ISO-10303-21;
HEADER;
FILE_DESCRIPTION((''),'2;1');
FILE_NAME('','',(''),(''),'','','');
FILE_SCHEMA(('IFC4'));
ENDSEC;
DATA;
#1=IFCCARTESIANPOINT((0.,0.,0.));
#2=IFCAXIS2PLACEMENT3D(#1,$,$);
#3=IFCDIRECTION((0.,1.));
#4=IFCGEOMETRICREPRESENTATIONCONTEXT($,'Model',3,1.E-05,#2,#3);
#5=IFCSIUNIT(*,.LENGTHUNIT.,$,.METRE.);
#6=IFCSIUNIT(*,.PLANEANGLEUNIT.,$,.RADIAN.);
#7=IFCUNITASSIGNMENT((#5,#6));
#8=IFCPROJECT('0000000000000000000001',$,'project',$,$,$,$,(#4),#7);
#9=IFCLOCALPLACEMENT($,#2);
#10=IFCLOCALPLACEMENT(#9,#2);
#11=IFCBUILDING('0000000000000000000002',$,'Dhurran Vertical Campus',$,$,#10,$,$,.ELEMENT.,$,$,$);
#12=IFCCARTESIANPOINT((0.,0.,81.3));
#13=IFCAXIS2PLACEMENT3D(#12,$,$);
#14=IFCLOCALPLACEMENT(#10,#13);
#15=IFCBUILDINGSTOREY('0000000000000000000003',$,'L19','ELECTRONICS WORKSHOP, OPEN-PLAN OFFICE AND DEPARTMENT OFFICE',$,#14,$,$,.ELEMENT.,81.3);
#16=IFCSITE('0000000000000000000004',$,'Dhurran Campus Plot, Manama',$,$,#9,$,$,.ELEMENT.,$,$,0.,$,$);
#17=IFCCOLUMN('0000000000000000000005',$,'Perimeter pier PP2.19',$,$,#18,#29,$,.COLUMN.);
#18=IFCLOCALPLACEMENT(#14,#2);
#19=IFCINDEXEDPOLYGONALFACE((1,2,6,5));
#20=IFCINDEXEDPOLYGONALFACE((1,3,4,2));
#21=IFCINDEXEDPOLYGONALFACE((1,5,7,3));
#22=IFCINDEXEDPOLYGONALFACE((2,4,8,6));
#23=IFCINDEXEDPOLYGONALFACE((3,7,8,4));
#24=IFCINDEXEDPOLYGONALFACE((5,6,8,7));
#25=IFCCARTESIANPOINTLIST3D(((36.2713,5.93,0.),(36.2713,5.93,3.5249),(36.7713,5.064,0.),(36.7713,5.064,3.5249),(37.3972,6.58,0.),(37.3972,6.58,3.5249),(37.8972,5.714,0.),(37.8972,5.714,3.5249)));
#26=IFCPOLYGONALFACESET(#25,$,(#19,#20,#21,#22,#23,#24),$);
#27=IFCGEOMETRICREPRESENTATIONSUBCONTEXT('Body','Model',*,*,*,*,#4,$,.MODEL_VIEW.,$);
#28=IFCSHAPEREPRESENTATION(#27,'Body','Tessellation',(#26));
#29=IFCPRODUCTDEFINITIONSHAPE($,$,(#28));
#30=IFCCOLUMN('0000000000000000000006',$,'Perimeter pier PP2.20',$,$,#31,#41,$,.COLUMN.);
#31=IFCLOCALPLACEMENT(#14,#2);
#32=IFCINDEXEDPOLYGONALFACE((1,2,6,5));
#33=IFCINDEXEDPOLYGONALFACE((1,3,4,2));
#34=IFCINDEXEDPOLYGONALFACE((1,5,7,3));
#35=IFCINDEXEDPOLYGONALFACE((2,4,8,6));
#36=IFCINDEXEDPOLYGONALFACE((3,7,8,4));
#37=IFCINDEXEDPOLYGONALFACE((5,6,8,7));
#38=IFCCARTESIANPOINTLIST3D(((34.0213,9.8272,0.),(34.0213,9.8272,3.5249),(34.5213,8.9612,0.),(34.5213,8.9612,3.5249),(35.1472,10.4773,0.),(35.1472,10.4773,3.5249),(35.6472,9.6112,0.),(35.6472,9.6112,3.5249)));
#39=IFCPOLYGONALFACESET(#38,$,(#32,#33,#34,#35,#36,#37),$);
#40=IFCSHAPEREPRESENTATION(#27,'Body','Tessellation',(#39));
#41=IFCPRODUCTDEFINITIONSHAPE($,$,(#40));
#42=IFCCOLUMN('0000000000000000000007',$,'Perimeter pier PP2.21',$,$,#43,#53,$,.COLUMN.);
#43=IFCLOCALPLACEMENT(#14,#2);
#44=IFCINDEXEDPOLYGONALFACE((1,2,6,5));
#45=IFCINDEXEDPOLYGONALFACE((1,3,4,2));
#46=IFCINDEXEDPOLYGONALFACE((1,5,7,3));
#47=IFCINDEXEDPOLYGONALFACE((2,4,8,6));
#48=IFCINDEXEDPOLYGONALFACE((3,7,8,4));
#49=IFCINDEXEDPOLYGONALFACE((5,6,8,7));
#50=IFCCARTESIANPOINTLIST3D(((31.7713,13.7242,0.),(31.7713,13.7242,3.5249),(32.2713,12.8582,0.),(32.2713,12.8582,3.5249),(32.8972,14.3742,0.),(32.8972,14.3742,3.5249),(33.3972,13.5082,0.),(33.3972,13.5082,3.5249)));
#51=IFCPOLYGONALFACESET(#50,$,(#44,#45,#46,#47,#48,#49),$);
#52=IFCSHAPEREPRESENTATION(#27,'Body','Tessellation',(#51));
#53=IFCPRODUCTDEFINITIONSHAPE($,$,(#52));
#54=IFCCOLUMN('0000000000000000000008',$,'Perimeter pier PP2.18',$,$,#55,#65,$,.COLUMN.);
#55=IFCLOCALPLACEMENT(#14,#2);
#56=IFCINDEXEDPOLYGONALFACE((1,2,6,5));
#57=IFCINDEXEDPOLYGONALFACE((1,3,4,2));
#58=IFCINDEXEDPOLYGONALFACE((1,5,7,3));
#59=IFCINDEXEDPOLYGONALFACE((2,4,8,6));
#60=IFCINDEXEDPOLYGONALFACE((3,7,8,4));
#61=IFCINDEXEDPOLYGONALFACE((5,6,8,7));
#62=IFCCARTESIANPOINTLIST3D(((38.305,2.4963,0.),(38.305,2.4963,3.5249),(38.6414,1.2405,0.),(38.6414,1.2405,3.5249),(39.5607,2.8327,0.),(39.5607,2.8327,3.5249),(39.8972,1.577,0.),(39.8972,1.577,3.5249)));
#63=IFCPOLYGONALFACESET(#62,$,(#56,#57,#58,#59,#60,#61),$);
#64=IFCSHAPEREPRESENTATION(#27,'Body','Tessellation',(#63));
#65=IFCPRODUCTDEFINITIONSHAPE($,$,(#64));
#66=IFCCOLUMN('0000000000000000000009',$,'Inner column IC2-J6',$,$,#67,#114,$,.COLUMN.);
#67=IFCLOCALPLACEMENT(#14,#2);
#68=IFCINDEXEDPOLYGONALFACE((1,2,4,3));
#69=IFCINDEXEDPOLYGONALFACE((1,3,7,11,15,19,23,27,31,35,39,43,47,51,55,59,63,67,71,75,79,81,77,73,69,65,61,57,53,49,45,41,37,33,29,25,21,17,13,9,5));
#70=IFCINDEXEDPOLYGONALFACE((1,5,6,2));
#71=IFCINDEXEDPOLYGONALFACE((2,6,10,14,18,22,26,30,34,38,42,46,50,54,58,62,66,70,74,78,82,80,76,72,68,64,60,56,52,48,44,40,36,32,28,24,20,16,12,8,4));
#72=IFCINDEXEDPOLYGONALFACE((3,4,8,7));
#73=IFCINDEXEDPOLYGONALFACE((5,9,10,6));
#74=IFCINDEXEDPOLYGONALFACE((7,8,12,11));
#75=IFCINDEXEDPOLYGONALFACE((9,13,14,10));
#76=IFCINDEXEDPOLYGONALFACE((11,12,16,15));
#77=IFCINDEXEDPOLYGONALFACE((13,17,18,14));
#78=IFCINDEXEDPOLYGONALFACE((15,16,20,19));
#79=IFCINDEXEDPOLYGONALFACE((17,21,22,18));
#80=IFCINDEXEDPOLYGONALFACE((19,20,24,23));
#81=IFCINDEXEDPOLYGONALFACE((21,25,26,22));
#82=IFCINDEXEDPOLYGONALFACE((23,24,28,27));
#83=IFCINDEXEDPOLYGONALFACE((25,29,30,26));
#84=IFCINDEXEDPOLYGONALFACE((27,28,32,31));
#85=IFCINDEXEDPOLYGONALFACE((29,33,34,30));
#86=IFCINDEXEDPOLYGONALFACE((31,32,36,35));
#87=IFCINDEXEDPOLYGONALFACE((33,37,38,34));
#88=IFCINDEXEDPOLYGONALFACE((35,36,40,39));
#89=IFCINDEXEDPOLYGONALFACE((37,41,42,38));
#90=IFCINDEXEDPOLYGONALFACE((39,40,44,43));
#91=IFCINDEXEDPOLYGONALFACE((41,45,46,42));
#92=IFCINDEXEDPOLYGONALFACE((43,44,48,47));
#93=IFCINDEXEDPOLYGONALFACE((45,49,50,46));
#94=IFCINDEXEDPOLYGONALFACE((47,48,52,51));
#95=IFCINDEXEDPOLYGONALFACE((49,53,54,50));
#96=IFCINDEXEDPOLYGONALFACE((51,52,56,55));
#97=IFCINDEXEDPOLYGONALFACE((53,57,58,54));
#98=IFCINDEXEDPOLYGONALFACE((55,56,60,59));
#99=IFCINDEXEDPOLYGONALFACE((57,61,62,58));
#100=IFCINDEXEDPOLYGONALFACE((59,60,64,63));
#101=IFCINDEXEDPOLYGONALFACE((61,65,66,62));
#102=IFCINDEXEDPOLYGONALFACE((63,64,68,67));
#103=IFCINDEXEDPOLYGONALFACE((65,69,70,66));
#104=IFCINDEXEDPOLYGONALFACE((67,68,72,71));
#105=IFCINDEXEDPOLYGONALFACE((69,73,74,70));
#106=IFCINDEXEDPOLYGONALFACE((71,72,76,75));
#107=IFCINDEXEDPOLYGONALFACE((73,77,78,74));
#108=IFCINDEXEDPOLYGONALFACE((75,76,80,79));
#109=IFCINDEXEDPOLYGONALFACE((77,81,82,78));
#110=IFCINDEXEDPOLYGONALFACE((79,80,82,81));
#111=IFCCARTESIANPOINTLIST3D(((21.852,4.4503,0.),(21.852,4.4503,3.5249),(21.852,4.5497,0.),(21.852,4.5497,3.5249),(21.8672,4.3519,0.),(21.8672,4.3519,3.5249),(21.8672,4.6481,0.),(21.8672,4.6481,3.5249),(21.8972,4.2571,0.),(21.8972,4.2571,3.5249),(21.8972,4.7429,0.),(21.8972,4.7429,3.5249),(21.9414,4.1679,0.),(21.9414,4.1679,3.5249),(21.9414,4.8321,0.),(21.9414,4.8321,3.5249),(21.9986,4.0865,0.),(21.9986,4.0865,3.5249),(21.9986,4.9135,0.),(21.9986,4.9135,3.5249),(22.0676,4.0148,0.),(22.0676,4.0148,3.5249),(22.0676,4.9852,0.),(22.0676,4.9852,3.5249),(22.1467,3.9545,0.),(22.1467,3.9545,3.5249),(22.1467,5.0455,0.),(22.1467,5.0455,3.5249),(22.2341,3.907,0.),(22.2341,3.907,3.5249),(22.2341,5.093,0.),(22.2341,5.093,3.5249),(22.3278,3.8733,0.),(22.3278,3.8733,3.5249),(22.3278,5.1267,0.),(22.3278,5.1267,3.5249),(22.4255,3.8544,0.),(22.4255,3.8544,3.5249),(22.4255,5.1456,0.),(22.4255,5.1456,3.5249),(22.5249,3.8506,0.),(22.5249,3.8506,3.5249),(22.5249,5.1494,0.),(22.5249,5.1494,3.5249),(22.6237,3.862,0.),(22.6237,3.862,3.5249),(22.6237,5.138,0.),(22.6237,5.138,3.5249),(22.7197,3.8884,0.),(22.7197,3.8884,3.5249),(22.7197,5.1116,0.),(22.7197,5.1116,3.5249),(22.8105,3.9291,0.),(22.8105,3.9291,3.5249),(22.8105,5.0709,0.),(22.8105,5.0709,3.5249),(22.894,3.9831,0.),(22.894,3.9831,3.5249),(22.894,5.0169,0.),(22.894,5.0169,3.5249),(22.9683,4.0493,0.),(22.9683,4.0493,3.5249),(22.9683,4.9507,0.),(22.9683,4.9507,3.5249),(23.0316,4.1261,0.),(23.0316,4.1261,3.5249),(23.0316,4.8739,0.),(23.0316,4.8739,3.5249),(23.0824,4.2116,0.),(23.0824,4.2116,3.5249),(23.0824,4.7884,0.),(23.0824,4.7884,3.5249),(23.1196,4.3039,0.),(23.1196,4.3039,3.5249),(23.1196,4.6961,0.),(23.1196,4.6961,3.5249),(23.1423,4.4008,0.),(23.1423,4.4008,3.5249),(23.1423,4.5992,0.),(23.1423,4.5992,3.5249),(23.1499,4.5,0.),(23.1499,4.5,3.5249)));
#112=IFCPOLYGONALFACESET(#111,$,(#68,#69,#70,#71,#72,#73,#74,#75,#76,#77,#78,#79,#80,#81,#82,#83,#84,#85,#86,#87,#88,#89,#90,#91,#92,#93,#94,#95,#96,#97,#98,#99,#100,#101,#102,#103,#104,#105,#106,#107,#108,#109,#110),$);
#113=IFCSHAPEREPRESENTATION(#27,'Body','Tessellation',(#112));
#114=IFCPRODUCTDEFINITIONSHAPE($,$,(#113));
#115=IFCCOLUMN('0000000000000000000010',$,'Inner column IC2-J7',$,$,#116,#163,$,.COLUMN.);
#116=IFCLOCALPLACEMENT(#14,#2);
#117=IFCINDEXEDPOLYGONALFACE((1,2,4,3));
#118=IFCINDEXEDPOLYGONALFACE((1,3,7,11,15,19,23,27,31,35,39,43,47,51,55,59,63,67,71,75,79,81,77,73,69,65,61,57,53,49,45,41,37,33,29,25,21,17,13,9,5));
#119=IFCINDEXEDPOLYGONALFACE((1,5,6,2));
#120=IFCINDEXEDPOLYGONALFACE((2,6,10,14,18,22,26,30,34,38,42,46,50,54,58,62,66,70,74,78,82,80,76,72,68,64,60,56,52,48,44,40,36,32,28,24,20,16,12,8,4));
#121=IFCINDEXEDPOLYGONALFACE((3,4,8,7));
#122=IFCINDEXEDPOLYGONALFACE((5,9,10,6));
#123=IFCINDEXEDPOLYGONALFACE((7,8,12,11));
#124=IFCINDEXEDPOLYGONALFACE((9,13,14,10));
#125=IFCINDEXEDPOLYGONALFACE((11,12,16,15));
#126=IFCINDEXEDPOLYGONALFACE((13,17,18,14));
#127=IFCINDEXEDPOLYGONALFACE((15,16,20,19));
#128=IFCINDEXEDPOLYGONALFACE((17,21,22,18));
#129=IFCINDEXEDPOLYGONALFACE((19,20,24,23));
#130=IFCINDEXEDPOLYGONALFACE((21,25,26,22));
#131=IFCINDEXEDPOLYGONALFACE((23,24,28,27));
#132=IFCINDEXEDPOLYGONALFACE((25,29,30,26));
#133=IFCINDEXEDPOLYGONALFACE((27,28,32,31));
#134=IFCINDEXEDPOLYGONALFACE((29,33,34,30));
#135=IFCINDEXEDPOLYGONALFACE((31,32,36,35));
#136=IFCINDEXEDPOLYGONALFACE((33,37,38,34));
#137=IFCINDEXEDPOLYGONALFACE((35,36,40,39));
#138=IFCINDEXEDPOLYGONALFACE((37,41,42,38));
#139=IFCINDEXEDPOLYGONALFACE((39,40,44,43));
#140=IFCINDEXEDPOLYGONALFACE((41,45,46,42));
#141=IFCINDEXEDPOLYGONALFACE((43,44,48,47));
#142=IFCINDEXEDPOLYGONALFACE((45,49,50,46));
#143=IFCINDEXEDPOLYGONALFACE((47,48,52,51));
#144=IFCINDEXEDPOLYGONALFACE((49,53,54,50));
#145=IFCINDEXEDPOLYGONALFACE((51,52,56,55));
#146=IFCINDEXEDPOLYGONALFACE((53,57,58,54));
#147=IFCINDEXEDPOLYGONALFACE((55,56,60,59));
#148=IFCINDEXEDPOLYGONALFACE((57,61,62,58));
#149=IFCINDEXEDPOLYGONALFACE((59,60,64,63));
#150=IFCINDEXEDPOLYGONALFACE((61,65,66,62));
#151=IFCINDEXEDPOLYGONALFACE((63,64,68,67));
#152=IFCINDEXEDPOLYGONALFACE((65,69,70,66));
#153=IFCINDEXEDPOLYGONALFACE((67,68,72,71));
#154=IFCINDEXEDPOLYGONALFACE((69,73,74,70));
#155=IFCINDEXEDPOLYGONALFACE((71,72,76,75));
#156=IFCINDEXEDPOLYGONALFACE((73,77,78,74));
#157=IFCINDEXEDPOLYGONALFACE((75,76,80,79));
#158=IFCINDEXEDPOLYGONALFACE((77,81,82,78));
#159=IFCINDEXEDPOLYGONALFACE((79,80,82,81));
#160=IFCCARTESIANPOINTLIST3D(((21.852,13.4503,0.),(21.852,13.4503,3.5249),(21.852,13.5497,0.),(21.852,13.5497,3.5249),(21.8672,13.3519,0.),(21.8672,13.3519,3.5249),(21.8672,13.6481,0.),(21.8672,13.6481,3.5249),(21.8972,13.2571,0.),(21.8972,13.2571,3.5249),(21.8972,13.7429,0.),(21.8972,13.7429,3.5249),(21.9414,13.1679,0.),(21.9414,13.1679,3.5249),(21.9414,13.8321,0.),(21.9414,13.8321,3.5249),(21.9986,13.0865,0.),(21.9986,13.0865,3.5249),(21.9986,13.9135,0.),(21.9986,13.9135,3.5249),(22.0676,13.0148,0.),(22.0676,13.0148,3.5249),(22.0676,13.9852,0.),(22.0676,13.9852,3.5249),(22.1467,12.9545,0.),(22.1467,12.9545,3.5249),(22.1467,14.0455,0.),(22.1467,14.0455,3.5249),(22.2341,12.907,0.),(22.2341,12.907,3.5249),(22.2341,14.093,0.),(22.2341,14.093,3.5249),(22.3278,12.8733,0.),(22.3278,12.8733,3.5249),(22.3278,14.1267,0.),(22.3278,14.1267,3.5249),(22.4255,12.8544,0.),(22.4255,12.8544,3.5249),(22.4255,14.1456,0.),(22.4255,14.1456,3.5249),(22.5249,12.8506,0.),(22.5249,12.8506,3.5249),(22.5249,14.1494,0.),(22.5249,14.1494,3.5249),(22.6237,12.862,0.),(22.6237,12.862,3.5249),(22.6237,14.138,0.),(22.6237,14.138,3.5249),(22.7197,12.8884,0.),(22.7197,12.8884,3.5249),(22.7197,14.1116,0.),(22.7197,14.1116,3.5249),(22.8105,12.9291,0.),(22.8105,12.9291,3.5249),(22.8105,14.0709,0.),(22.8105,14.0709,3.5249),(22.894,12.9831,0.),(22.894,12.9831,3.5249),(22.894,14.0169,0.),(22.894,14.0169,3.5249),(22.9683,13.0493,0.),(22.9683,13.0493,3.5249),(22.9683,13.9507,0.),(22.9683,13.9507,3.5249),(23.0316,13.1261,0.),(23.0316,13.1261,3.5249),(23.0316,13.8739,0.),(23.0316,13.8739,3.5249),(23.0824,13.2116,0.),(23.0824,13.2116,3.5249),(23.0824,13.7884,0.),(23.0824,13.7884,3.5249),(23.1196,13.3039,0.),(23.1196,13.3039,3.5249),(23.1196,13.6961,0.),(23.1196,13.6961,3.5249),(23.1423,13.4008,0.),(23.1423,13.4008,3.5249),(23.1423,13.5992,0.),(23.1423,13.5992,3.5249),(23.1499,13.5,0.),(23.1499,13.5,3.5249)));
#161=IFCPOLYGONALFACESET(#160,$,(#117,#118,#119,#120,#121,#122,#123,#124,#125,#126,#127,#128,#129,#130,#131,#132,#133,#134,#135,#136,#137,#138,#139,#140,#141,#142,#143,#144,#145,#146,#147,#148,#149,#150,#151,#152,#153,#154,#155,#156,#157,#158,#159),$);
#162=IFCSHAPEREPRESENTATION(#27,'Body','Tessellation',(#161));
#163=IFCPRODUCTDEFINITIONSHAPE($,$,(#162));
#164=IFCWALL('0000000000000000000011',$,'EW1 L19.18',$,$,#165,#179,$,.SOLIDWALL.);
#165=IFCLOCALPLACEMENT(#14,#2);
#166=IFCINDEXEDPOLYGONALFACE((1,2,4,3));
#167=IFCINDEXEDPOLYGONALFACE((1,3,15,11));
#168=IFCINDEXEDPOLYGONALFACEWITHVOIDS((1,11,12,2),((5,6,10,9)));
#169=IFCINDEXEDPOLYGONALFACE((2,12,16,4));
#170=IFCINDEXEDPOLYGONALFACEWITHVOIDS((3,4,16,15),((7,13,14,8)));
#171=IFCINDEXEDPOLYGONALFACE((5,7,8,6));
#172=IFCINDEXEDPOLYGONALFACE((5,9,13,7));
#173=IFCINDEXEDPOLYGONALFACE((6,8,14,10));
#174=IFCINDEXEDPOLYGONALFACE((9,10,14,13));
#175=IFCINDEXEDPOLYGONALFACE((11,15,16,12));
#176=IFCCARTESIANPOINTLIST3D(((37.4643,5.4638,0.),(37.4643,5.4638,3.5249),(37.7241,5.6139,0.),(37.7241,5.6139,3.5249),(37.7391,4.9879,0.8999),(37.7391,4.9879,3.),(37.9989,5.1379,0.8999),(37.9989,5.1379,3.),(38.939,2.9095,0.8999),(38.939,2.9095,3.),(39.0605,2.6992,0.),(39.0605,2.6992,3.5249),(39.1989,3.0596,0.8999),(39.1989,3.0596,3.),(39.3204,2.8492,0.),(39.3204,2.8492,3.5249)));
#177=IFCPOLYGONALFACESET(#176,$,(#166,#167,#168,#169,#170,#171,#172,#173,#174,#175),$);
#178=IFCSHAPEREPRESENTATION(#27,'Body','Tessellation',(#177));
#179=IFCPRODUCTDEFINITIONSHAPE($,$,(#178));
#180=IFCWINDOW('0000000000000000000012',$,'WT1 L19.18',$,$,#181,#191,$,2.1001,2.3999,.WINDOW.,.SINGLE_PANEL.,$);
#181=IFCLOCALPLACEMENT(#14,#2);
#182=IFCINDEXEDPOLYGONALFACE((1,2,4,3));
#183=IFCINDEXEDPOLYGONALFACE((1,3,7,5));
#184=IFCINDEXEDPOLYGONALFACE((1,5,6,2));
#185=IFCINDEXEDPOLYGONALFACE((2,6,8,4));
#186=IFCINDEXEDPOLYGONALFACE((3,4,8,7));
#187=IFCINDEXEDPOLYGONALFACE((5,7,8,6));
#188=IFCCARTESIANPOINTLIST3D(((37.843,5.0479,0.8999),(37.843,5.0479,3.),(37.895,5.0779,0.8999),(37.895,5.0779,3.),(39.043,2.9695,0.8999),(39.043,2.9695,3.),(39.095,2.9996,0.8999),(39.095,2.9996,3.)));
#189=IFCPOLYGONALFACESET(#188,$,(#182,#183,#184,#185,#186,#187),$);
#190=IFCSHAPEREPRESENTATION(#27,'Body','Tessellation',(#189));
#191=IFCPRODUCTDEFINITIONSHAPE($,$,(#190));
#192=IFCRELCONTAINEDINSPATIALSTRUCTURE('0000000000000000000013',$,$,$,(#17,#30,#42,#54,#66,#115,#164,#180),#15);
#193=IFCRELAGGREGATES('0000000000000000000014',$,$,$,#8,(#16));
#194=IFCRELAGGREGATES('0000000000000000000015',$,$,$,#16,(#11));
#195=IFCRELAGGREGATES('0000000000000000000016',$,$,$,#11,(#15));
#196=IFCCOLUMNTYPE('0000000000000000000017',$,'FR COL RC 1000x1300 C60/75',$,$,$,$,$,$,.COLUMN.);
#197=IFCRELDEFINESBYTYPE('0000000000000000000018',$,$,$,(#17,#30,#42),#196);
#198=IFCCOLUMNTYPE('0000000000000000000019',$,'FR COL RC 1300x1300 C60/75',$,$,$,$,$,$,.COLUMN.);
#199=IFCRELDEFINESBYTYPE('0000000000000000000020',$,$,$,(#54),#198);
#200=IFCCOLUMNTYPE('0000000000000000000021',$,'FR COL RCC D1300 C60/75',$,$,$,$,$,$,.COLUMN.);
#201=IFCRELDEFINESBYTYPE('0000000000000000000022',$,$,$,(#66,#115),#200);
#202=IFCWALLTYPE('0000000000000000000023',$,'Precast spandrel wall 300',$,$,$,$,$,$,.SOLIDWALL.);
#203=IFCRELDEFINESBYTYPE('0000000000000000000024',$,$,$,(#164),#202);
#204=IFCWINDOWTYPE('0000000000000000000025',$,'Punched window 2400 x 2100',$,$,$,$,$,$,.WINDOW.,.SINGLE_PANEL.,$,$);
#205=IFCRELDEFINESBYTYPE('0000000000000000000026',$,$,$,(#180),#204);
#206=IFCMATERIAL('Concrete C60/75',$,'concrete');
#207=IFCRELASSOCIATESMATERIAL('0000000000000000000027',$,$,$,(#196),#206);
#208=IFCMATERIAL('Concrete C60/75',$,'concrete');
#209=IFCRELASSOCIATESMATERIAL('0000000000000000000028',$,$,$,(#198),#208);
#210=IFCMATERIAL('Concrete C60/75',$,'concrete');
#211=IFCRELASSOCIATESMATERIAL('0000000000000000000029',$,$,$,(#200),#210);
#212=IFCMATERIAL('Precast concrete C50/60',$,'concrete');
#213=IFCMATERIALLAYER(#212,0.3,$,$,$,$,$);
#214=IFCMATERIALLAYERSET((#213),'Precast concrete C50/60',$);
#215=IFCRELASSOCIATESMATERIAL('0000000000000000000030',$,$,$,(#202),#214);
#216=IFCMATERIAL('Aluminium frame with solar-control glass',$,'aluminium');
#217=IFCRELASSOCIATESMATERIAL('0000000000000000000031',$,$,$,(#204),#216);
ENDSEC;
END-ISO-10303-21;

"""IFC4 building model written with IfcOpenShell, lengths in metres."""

from ifc_helpers import new_model, si_unit, direction, frame, frame_2d, origin, origin_2d, place, context, subcontext, project, spatial, rectangle, circle, extrude, material, layer, layer_set, material_profile, profile_set, type_object, element, fill, save


model = new_model("IFC4")

# Units and contexts
model_context = context("Model", 3, precision=1e-05, world=origin(), true_north=direction((0.0, 1.0)))
body_context = subcontext(model_context, "Body", "Model", "MODEL_VIEW")
ifc_project = project(units=[si_unit("LENGTHUNIT", "METRE"), si_unit("PLANEANGLEUNIT", "RADIAN")], contexts=[model_context])

# Site, building, storey
site_placement = place(None, origin())
site = spatial("IfcSite", under=ifc_project, at=site_placement, Name="Dhurran Campus Plot, Manama", CompositionType="ELEMENT", RefElevation=0.0)
building_placement = place(site_placement, origin())
building = spatial("IfcBuilding", under=site, at=building_placement, Name="Dhurran Vertical Campus", CompositionType="ELEMENT")
storey_placement = place(building_placement, frame((0.0, 0.0, 81.3)))
storey = spatial("IfcBuildingStorey", under=building, at=storey_placement, Name="L19", Description="ELECTRONICS WORKSHOP, OPEN-PLAN OFFICE AND DEPARTMENT OFFICE", CompositionType="ELEMENT", Elevation=81.3)

# Columns
ifc_material_1 = material(Name="Concrete C60/75", Category="concrete")
ifc_material_profile_1 = material_profile(ifc_material_1, rectangle(XDim=1.0, YDim=1.3, at=origin_2d()), Name="RC 1000x1300")
ifc_profile_set_1 = profile_set([ifc_material_profile_1], Name="Concrete C60/75")
column_type_1 = type_object("IfcColumnType", Name="FR COL RC 1000x1300 C60/75", PredefinedType="COLUMN", material=ifc_profile_set_1)
for number, where, z_axis, x_axis, name in (
    (1, (37.0842, 5.822, 0.0), (0.0, 0.0, 1.0), (-0.5, 0.866025, 0.0), "Perimeter pier PP2.19"),
    (2, (34.8342, 9.7192, 0.0), (0.0, 0.0, 1.0), (-0.5, 0.866025, 0.0), "Perimeter pier PP2.20"),
    (3, (32.5842, 13.6162, 0.0), (0.0, 0.0, 1.0), (-0.5, 0.866025, 0.0), "Perimeter pier PP2.21"),
):
    element("IfcColumn", number, at=place(storey_placement, frame(where, z_axis=z_axis, x_axis=x_axis)), inside=storey, type_object=column_type_1, Name=name, PredefinedType="COLUMN", context=body_context, shape_type="SweptSolid", body=[
        extrude(rectangle(XDim=1.0, YDim=1.3, at=origin_2d()), origin(), (0.0, 0.0, 1.0), 3.5249),
    ])
ifc_material_2 = material(Name="Concrete C60/75", Category="concrete")
ifc_material_profile_2 = material_profile(ifc_material_2, rectangle(XDim=1.3, YDim=1.3, at=origin_2d()), Name="RC 1300x1300")
ifc_profile_set_2 = profile_set([ifc_material_profile_2], Name="Concrete C60/75")
column_type_2 = type_object("IfcColumnType", Name="FR COL RC 1300x1300 C60/75", PredefinedType="COLUMN", material=ifc_profile_set_2)
column_placement = place(storey_placement, frame((39.1011, 2.0366, 0.0), z_axis=(0.0, 0.0, 1.0), x_axis=(-0.258819, 0.965926, 0.0)))
element("IfcColumn", 4, at=column_placement, inside=storey, type_object=column_type_2, Name="Perimeter pier PP2.18", PredefinedType="COLUMN", context=body_context, shape_type="SweptSolid", body=[
    extrude(rectangle(XDim=1.3, YDim=1.3, at=origin_2d()), origin(), (0.0, 0.0, 1.0), 3.5249),
])
ifc_material_3 = material(Name="Concrete C60/75", Category="concrete")
ifc_material_profile_3 = material_profile(ifc_material_3, circle(Radius=0.6499, at=origin_2d()), Name="RCC D1300")
ifc_profile_set_3 = profile_set([ifc_material_profile_3], Name="Concrete C60/75")
column_type_3 = type_object("IfcColumnType", Name="FR COL RCC D1300 C60/75", PredefinedType="COLUMN", material=ifc_profile_set_3)
for number, where, z_axis, x_axis, name in (
    (5, (22.5, 4.5, 0.0), (0.0, 0.0, 1.0), (1.0, 0.0, 0.0), "Inner column IC2-J6"),
    (6, (22.5, 13.5, 0.0), (0.0, 0.0, 1.0), (1.0, 0.0, 0.0), "Inner column IC2-J7"),
):
    element("IfcColumn", number, at=place(storey_placement, frame(where, z_axis=z_axis, x_axis=x_axis)), inside=storey, type_object=column_type_3, Name=name, PredefinedType="COLUMN", context=body_context, shape_type="SweptSolid", body=[
        extrude(circle(Radius=0.6499, at=origin_2d()), origin(), (0.0, 0.0, 1.0), 3.5249),
    ])

# Wall, opening, window
ifc_material_4 = material(Name="Precast concrete C50/60", Category="concrete")
ifc_layer_1 = layer(ifc_material_4, 0.3)
ifc_layer_set_1 = layer_set([ifc_layer_1], Name="Precast concrete C50/60")
wall_type_1 = type_object("IfcWallType", Name="Precast spandrel wall 300", PredefinedType="SOLIDWALL", material=ifc_layer_set_1)
wall_1_placement = place(storey_placement, frame((39.1904, 2.7742, 0.0), z_axis=(0.0, 0.0, 1.0), x_axis=(-0.500005, 0.866023, 0.0)))
wall_1 = element("IfcWall", 7, at=wall_1_placement, inside=storey, type_object=wall_type_1, Name="EW1 L19.18", PredefinedType="SOLIDWALL", context=body_context, shape_type="SweptSolid", body=[
    extrude(rectangle(XDim=3.1924, YDim=0.3, at=frame_2d((1.5962, 0.0))), origin(), (0.0, 0.0, 1.0), 3.5249),
])
opening_1_placement = place(wall_1_placement, frame((0.2429, 0.0, 0.8999)))
opening_1 = element("IfcOpeningElement", 8, at=opening_1_placement, cuts=wall_1, PredefinedType="OPENING", context=body_context, shape_type="SweptSolid", body=[
    extrude(rectangle(XDim=2.3999, YDim=2.1001, at=frame_2d((1.2, 1.05))), frame((0.0, 0.1599, 0.0), z_axis=(0.0, -1.0, 0.0), x_axis=(1.0, 0.0, 0.0)), (0.0, 0.0, 1.0), 0.3201),
])
ifc_material_5 = material(Name="Aluminium frame with solar-control glass", Category="aluminium")
window_type = type_object("IfcWindowType", Name="Punched window 2400 x 2100", PartitioningType="SINGLE_PANEL", PredefinedType="WINDOW", material=ifc_material_5)
window_1_placement = place(opening_1_placement, origin())
window_1 = element("IfcWindow", 9, at=window_1_placement, inside=storey, type_object=window_type, Name="WT1 L19.18", OverallHeight=2.1001, OverallWidth=2.3999, PartitioningType="SINGLE_PANEL", PredefinedType="WINDOW", context=body_context, shape_type="SweptSolid", body=[
    extrude(rectangle(XDim=2.3999, YDim=2.1001, at=frame_2d((1.2, 1.05))), frame((0.0, 0.03, 0.0), z_axis=(0.0, -1.0, 0.0), x_axis=(1.0, 0.0, 0.0)), (0.0, 0.0, 1.0), 0.0601),
])
fill(opening_1, window_1)

save(model, "model.ifc")
